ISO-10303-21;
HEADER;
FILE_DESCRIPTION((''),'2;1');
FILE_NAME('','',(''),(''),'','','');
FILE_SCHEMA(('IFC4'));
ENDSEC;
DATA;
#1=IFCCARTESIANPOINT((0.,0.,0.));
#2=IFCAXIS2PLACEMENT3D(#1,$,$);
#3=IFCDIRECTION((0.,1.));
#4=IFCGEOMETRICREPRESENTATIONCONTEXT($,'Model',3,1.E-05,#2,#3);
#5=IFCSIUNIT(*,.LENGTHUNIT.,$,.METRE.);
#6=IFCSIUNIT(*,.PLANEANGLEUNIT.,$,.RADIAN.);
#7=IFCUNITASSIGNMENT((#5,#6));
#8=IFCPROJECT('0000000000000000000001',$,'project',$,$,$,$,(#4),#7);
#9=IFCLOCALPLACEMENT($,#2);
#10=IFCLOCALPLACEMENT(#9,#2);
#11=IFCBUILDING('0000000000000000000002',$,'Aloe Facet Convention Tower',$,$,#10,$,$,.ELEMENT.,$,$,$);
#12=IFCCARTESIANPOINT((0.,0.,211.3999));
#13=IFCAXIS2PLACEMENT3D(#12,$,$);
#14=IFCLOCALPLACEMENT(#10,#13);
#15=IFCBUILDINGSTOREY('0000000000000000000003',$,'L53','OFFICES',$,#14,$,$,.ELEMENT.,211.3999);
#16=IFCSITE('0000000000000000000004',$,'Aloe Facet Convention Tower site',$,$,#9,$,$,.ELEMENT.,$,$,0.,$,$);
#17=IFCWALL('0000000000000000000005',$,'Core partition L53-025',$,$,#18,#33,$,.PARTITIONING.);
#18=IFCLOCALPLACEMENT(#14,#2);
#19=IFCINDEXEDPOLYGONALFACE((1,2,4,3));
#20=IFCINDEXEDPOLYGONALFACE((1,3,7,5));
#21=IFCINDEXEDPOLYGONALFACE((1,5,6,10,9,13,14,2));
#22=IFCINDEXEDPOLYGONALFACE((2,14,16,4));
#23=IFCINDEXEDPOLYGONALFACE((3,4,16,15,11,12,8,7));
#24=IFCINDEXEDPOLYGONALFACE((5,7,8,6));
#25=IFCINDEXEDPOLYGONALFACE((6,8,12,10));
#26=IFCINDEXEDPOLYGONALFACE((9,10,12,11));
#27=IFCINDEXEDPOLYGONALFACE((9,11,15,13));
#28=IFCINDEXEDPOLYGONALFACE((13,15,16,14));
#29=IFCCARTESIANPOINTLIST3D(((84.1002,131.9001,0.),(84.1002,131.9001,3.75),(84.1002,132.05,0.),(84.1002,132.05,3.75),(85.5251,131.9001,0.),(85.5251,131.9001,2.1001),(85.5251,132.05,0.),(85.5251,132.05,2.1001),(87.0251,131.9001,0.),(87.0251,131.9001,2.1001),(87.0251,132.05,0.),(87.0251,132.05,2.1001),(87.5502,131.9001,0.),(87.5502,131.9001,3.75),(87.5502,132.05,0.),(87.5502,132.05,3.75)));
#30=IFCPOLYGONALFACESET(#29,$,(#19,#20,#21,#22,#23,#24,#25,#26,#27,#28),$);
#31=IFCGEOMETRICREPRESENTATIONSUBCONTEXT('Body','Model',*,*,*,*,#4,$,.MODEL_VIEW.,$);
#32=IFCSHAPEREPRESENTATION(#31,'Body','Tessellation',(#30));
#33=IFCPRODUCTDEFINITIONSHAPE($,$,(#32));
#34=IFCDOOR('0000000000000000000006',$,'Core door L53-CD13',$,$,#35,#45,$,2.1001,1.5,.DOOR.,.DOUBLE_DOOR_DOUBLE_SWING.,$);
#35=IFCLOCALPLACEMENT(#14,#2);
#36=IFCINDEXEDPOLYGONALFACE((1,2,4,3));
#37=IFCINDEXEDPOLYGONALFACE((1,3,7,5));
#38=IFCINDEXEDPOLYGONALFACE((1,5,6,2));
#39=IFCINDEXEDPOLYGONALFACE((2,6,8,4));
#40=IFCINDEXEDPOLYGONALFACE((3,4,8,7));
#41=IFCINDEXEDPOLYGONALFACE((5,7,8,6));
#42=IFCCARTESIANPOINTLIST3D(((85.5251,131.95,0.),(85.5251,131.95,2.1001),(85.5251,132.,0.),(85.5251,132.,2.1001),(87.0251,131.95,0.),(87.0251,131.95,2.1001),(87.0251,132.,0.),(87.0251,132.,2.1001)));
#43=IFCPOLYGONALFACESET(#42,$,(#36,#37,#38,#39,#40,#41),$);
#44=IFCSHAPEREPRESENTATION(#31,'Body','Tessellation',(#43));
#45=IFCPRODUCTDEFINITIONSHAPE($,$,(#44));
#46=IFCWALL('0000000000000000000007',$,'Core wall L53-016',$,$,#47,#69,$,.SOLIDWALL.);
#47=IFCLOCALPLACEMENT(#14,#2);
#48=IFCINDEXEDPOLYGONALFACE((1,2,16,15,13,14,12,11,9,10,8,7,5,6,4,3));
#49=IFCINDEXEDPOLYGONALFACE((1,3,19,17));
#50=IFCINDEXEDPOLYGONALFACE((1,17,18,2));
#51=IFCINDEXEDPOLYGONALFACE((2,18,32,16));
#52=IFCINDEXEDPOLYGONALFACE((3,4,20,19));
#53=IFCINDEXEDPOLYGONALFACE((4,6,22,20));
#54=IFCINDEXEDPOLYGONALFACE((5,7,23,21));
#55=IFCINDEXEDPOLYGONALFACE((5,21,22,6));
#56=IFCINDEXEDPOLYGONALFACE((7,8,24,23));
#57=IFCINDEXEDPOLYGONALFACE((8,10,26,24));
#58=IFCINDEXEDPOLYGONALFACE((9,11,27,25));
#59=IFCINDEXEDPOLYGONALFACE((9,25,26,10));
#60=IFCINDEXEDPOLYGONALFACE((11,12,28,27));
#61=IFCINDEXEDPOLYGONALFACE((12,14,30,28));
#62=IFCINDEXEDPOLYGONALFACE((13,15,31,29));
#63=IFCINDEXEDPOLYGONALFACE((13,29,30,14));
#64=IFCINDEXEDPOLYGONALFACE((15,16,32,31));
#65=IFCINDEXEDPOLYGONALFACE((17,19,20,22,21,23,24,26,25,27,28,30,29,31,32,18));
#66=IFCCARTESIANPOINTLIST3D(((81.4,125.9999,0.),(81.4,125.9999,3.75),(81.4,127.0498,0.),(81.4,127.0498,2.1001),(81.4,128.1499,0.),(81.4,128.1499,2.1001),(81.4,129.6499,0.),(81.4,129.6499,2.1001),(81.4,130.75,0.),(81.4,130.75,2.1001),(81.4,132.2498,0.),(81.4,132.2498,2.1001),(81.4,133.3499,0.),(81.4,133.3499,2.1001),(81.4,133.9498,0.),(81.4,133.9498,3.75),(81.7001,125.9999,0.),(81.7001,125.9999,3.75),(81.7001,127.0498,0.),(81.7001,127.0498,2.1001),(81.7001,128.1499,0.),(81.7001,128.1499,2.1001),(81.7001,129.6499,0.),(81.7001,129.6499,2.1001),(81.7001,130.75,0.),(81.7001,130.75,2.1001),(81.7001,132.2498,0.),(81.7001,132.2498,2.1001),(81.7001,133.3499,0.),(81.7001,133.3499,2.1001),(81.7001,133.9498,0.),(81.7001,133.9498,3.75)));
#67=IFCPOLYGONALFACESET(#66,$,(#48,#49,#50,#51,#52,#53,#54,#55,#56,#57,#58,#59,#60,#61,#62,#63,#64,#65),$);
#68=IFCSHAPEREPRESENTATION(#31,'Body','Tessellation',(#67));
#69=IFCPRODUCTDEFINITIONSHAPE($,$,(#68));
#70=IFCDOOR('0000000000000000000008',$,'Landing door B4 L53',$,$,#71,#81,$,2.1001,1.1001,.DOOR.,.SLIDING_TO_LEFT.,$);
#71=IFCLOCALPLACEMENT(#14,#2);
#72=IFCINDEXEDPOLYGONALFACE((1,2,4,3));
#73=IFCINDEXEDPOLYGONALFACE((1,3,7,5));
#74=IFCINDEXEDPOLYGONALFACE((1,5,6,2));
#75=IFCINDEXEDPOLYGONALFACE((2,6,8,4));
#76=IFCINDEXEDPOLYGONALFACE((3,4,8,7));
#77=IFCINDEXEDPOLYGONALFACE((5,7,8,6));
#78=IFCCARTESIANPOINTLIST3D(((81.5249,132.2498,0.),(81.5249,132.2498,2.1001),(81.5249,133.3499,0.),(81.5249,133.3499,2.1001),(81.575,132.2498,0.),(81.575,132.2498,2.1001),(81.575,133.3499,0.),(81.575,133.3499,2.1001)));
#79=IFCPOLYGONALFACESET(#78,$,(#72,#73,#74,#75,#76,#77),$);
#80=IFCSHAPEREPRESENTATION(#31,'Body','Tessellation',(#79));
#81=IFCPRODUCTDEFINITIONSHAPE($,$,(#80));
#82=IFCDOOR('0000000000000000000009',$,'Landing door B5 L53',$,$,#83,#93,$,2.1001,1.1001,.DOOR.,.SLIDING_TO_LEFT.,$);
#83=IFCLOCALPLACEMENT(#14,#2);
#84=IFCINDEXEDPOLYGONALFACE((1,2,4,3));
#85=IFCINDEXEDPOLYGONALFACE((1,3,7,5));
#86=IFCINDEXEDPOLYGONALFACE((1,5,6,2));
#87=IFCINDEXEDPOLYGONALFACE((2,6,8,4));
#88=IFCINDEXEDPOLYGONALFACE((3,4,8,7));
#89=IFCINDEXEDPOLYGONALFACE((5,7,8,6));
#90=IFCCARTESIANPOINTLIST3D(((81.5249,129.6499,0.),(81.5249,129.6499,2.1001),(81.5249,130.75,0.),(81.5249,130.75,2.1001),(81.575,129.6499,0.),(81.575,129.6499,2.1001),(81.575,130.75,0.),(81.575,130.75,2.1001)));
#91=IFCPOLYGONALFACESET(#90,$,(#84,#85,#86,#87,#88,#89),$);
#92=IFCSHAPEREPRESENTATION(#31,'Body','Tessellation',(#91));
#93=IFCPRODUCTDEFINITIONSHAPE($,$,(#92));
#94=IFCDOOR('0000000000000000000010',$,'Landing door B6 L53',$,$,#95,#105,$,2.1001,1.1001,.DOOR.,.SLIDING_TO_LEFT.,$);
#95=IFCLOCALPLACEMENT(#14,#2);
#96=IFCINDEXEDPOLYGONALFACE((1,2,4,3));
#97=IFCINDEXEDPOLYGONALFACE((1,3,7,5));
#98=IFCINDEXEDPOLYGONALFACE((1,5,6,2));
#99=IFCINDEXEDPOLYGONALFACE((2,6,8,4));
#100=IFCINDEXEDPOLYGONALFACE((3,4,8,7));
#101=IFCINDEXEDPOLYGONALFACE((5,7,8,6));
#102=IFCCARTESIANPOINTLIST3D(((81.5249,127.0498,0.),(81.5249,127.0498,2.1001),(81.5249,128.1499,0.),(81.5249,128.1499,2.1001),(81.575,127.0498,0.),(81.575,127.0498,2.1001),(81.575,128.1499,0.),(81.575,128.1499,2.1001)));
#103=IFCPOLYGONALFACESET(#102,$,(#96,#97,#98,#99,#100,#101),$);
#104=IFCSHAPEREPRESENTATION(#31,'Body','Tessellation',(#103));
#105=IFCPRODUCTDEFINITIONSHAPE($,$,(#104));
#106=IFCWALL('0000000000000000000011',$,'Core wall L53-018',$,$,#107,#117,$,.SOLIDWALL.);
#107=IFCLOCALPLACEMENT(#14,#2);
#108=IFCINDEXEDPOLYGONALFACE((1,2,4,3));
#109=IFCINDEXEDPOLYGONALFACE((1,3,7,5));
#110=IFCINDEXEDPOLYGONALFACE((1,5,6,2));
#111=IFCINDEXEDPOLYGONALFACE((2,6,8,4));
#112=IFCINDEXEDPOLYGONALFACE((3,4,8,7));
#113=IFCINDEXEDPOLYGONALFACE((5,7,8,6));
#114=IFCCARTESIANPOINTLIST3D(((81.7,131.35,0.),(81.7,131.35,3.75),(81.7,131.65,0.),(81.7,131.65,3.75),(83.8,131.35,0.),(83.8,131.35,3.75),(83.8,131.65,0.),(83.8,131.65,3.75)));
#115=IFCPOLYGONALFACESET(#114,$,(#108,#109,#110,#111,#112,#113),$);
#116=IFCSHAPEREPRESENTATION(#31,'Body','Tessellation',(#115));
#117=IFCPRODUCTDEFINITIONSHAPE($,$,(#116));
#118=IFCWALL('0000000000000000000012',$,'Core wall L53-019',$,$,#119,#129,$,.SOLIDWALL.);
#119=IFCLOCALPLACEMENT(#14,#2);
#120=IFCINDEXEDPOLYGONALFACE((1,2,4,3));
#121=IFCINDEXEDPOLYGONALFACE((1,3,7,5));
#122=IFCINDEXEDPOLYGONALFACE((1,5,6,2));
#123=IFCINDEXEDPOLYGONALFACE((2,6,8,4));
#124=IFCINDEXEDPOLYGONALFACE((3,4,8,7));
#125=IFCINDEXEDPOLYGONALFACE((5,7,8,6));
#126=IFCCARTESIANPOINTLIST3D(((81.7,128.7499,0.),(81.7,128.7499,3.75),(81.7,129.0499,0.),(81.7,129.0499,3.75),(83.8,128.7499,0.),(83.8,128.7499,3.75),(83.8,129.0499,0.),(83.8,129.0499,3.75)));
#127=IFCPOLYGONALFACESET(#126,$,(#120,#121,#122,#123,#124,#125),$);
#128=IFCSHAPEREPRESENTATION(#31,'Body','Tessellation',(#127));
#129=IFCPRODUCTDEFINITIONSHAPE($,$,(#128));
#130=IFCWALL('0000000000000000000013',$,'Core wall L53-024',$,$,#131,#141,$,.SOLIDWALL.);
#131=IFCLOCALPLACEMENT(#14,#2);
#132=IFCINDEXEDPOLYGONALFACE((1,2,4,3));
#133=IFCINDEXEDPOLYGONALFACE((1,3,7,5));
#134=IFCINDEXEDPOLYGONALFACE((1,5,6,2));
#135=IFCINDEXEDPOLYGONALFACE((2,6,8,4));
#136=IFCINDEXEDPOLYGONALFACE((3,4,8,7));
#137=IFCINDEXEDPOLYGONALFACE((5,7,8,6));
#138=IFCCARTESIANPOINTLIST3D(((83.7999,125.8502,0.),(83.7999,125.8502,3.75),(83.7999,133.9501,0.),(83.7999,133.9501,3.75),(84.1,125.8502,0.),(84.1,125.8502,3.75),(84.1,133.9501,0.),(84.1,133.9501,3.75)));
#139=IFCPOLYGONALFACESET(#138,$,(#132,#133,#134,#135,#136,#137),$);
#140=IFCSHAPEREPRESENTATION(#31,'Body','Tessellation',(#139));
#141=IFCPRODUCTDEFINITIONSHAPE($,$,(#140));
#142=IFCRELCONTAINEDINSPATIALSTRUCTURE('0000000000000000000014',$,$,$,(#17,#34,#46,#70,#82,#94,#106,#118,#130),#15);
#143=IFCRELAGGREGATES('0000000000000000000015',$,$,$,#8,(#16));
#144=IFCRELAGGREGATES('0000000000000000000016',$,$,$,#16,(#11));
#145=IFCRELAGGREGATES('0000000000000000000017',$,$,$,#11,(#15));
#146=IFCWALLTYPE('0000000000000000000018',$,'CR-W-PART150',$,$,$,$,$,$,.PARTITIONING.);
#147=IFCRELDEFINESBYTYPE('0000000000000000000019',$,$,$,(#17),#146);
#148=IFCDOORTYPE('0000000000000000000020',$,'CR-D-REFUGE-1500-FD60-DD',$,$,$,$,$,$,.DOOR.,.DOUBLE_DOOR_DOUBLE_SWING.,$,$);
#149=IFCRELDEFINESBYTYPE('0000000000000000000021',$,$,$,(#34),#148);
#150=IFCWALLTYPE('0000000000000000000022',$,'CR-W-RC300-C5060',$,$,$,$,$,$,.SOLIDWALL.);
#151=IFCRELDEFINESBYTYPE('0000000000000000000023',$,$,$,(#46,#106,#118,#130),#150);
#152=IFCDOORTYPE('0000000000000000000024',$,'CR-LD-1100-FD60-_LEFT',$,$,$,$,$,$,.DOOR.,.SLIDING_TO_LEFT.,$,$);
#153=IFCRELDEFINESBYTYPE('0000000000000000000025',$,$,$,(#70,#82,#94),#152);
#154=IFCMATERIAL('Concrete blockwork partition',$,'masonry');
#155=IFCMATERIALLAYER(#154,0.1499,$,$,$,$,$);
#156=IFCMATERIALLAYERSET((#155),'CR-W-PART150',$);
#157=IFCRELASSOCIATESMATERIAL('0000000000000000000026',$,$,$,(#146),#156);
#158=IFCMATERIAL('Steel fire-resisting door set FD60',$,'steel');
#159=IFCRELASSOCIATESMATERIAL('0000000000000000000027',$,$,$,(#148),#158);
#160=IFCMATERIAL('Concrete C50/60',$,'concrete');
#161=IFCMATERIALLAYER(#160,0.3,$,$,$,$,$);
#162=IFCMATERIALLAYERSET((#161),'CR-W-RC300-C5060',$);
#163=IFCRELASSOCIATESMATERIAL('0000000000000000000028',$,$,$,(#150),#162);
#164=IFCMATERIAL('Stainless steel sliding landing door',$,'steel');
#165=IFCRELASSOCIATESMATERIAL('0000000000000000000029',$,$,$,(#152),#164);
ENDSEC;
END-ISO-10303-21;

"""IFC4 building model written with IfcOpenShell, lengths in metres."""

from ifc_helpers import new_model, si_unit, direction, frame, frame_2d, origin, place, context, subcontext, project, spatial, rectangle, extrude, material, layer, layer_set, type_object, element, fill, save


model = new_model("IFC4")

# Units and contexts
model_context = context("Model", 3, precision=1e-05, world=origin(), true_north=direction((0.0, 1.0)))
body_context = subcontext(model_context, "Body", "Model", "MODEL_VIEW")
ifc_project = project(units=[si_unit("LENGTHUNIT", "METRE"), si_unit("PLANEANGLEUNIT", "RADIAN")], contexts=[model_context])

# Site, building, storey
site_placement = place(None, origin())
site = spatial("IfcSite", under=ifc_project, at=site_placement, Name="Aloe Facet Convention Tower site", CompositionType="ELEMENT", RefElevation=0.0)
building_placement = place(site_placement, origin())
building = spatial("IfcBuilding", under=site, at=building_placement, Name="Aloe Facet Convention Tower", CompositionType="ELEMENT")
storey_placement = place(building_placement, frame((0.0, 0.0, 211.3999)))
storey = spatial("IfcBuildingStorey", under=building, at=storey_placement, Name="L53", Description="OFFICES", CompositionType="ELEMENT", Elevation=211.3999)

# Wall, opening, door
ifc_material_1 = material(Name="Concrete blockwork partition", Category="masonry")
ifc_layer_1 = layer(ifc_material_1, 0.1499)
ifc_layer_set_1 = layer_set([ifc_layer_1], Name="CR-W-PART150")
wall_type_1 = type_object("IfcWallType", Name="CR-W-PART150", PredefinedType="PARTITIONING", material=ifc_layer_set_1)
wall_1_placement = place(storey_placement, frame((84.1001, 131.9751, 0.0), z_axis=(0.0, 0.0, 1.0), x_axis=(1.0, 0.0, 0.0)))
wall_1 = element("IfcWall", 1, at=wall_1_placement, inside=storey, type_object=wall_type_1, Name="Core partition L53-025", PredefinedType="PARTITIONING", context=body_context, shape_type="SweptSolid", body=[
    extrude(rectangle(XDim=3.45, YDim=0.1499, at=frame_2d((1.7251, 0.0))), origin(), (0.0, 0.0, 1.0), 3.75),
])
opening_1_placement = place(wall_1_placement, frame((1.425, 0.0, 0.0)))
opening_1 = element("IfcOpeningElement", 2, at=opening_1_placement, cuts=wall_1, PredefinedType="OPENING", context=body_context, shape_type="SweptSolid", body=[
    extrude(rectangle(XDim=1.5, YDim=2.1001, at=frame_2d((0.75, 1.05))), frame((0.0, 0.085, 0.0), z_axis=(0.0, -1.0, 0.0), x_axis=(1.0, 0.0, 0.0)), (0.0, 0.0, 1.0), 0.1699),
])
ifc_material_2 = material(Name="Steel fire-resisting door set FD60", Category="steel")
door_type_1 = type_object("IfcDoorType", Name="CR-D-REFUGE-1500-FD60-DD", OperationType="DOUBLE_DOOR_DOUBLE_SWING", PredefinedType="DOOR", material=ifc_material_2)
door_1_placement = place(opening_1_placement, origin())
door_1 = element("IfcDoor", 3, at=door_1_placement, inside=storey, type_object=door_type_1, Name="Core door L53-CD13", OperationType="DOUBLE_DOOR_DOUBLE_SWING", OverallHeight=2.1001, OverallWidth=1.5, PredefinedType="DOOR", context=body_context, shape_type="SweptSolid", body=[
    extrude(rectangle(XDim=1.5, YDim=2.1001, at=frame_2d((0.75, 1.05))), frame((0.0, 0.0249, 0.0), z_axis=(0.0, -1.0, 0.0), x_axis=(1.0, 0.0, 0.0)), (0.0, 0.0, 1.0), 0.05),
])
fill(opening_1, door_1)

# Wall, openings, doors
ifc_material_3 = material(Name="Concrete C50/60", Category="concrete")
ifc_layer_2 = layer(ifc_material_3, 0.3)
ifc_layer_set_2 = layer_set([ifc_layer_2], Name="CR-W-RC300-C5060")
wall_type_2 = type_object("IfcWallType", Name="CR-W-RC300-C5060", PredefinedType="SOLIDWALL", material=ifc_layer_set_2)
wall_2_placement = place(storey_placement, frame((81.55, 133.95, 0.0), z_axis=(0.0, 0.0, 1.0), x_axis=(0.0, -1.0, 0.0)))
wall_2 = element("IfcWall", 4, at=wall_2_placement, inside=storey, type_object=wall_type_2, Name="Core wall L53-016", PredefinedType="SOLIDWALL", context=body_context, shape_type="SweptSolid", body=[
    extrude(rectangle(XDim=7.95, YDim=0.3, at=frame_2d((3.9751, 0.0))), origin(), (0.0, 0.0, 1.0), 3.75),
])
opening_2_placement = place(wall_2_placement, frame((0.6001, 0.0, 0.0)))
opening_2 = element("IfcOpeningElement", 5, at=opening_2_placement, cuts=wall_2, PredefinedType="OPENING", context=body_context, shape_type="SweptSolid", body=[
    extrude(rectangle(XDim=1.1001, YDim=2.1001, at=frame_2d((0.55, 1.05))), frame((0.0, 0.1602, 0.0), z_axis=(0.0, -1.0, 0.0), x_axis=(1.0, 0.0, 0.0)), (0.0, 0.0, 1.0), 0.3201),
])
opening_3_placement = place(wall_2_placement, frame((3.2, 0.0, 0.0)))
opening_3 = element("IfcOpeningElement", 6, at=opening_3_placement, cuts=wall_2, PredefinedType="OPENING", context=body_context, shape_type="SweptSolid", body=[
    extrude(rectangle(XDim=1.1001, YDim=2.1001, at=frame_2d((0.55, 1.05))), frame((0.0, 0.1602, 0.0), z_axis=(0.0, -1.0, 0.0), x_axis=(1.0, 0.0, 0.0)), (0.0, 0.0, 1.0), 0.3201),
])
opening_4_placement = place(wall_2_placement, frame((5.8, 0.0, 0.0)))
opening_4 = element("IfcOpeningElement", 7, at=opening_4_placement, cuts=wall_2, PredefinedType="OPENING", context=body_context, shape_type="SweptSolid", body=[
    extrude(rectangle(XDim=1.1001, YDim=2.1001, at=frame_2d((0.55, 1.05))), frame((0.0, 0.1602, 0.0), z_axis=(0.0, -1.0, 0.0), x_axis=(1.0, 0.0, 0.0)), (0.0, 0.0, 1.0), 0.3201),
])
ifc_material_4 = material(Name="Stainless steel sliding landing door", Category="steel")
door_type_2 = type_object("IfcDoorType", Name="CR-LD-1100-FD60-_LEFT", OperationType="SLIDING_TO_LEFT", PredefinedType="DOOR", material=ifc_material_4)
door_2_placement = place(opening_2_placement, origin())
door_2 = element("IfcDoor", 8, at=door_2_placement, inside=storey, type_object=door_type_2, Name="Landing door B4 L53", OperationType="SLIDING_TO_LEFT", OverallHeight=2.1001, OverallWidth=1.1001, PredefinedType="DOOR", context=body_context, shape_type="SweptSolid", body=[
    extrude(rectangle(XDim=1.1001, YDim=2.1001, at=frame_2d((0.55, 1.05))), frame((0.0, 0.0249, 0.0), z_axis=(0.0, -1.0, 0.0), x_axis=(1.0, 0.0, 0.0)), (0.0, 0.0, 1.0), 0.05),
])
fill(opening_2, door_2)
door_3_placement = place(opening_3_placement, origin())
door_3 = element("IfcDoor", 9, at=door_3_placement, inside=storey, type_object=door_type_2, Name="Landing door B5 L53", OperationType="SLIDING_TO_LEFT", OverallHeight=2.1001, OverallWidth=1.1001, PredefinedType="DOOR", context=body_context, shape_type="SweptSolid", body=[
    extrude(rectangle(XDim=1.1001, YDim=2.1001, at=frame_2d((0.55, 1.05))), frame((0.0, 0.0249, 0.0), z_axis=(0.0, -1.0, 0.0), x_axis=(1.0, 0.0, 0.0)), (0.0, 0.0, 1.0), 0.05),
])
fill(opening_3, door_3)
door_4_placement = place(opening_4_placement, origin())
door_4 = element("IfcDoor", 10, at=door_4_placement, inside=storey, type_object=door_type_2, Name="Landing door B6 L53", OperationType="SLIDING_TO_LEFT", OverallHeight=2.1001, OverallWidth=1.1001, PredefinedType="DOOR", context=body_context, shape_type="SweptSolid", body=[
    extrude(rectangle(XDim=1.1001, YDim=2.1001, at=frame_2d((0.55, 1.05))), frame((0.0, 0.0249, 0.0), z_axis=(0.0, -1.0, 0.0), x_axis=(1.0, 0.0, 0.0)), (0.0, 0.0, 1.0), 0.05),
])
fill(opening_4, door_4)

# Walls
for number, where, z_axis, x_axis, name in (
    (11, (81.7, 131.5, 0.0), (0.0, 0.0, 1.0), (1.0, 0.0, 0.0), "Core wall L53-018"),
    (12, (81.7, 128.8999, 0.0), (0.0, 0.0, 1.0), (1.0, 0.0, 0.0), "Core wall L53-019"),
):
    element("IfcWall", number, at=place(storey_placement, frame(where, z_axis=z_axis, x_axis=x_axis)), inside=storey, type_object=wall_type_2, Name=name, PredefinedType="SOLIDWALL", context=body_context, shape_type="SweptSolid", body=[
        extrude(rectangle(XDim=2.1001, YDim=0.3, at=frame_2d((1.05, 0.0))), origin(), (0.0, 0.0, 1.0), 3.75),
    ])
wall_3_placement = place(storey_placement, frame((83.95, 133.95, 0.0), z_axis=(0.0, 0.0, 1.0), x_axis=(0.0, -1.0, 0.0)))
element("IfcWall", 13, at=wall_3_placement, inside=storey, type_object=wall_type_2, Name="Core wall L53-024", PredefinedType="SOLIDWALL", context=body_context, shape_type="SweptSolid", body=[
    extrude(rectangle(XDim=8.0999, YDim=0.3, at=frame_2d((4.0498, 0.0))), origin(), (0.0, 0.0, 1.0), 3.75),
])

save(model, "model.ifc")
